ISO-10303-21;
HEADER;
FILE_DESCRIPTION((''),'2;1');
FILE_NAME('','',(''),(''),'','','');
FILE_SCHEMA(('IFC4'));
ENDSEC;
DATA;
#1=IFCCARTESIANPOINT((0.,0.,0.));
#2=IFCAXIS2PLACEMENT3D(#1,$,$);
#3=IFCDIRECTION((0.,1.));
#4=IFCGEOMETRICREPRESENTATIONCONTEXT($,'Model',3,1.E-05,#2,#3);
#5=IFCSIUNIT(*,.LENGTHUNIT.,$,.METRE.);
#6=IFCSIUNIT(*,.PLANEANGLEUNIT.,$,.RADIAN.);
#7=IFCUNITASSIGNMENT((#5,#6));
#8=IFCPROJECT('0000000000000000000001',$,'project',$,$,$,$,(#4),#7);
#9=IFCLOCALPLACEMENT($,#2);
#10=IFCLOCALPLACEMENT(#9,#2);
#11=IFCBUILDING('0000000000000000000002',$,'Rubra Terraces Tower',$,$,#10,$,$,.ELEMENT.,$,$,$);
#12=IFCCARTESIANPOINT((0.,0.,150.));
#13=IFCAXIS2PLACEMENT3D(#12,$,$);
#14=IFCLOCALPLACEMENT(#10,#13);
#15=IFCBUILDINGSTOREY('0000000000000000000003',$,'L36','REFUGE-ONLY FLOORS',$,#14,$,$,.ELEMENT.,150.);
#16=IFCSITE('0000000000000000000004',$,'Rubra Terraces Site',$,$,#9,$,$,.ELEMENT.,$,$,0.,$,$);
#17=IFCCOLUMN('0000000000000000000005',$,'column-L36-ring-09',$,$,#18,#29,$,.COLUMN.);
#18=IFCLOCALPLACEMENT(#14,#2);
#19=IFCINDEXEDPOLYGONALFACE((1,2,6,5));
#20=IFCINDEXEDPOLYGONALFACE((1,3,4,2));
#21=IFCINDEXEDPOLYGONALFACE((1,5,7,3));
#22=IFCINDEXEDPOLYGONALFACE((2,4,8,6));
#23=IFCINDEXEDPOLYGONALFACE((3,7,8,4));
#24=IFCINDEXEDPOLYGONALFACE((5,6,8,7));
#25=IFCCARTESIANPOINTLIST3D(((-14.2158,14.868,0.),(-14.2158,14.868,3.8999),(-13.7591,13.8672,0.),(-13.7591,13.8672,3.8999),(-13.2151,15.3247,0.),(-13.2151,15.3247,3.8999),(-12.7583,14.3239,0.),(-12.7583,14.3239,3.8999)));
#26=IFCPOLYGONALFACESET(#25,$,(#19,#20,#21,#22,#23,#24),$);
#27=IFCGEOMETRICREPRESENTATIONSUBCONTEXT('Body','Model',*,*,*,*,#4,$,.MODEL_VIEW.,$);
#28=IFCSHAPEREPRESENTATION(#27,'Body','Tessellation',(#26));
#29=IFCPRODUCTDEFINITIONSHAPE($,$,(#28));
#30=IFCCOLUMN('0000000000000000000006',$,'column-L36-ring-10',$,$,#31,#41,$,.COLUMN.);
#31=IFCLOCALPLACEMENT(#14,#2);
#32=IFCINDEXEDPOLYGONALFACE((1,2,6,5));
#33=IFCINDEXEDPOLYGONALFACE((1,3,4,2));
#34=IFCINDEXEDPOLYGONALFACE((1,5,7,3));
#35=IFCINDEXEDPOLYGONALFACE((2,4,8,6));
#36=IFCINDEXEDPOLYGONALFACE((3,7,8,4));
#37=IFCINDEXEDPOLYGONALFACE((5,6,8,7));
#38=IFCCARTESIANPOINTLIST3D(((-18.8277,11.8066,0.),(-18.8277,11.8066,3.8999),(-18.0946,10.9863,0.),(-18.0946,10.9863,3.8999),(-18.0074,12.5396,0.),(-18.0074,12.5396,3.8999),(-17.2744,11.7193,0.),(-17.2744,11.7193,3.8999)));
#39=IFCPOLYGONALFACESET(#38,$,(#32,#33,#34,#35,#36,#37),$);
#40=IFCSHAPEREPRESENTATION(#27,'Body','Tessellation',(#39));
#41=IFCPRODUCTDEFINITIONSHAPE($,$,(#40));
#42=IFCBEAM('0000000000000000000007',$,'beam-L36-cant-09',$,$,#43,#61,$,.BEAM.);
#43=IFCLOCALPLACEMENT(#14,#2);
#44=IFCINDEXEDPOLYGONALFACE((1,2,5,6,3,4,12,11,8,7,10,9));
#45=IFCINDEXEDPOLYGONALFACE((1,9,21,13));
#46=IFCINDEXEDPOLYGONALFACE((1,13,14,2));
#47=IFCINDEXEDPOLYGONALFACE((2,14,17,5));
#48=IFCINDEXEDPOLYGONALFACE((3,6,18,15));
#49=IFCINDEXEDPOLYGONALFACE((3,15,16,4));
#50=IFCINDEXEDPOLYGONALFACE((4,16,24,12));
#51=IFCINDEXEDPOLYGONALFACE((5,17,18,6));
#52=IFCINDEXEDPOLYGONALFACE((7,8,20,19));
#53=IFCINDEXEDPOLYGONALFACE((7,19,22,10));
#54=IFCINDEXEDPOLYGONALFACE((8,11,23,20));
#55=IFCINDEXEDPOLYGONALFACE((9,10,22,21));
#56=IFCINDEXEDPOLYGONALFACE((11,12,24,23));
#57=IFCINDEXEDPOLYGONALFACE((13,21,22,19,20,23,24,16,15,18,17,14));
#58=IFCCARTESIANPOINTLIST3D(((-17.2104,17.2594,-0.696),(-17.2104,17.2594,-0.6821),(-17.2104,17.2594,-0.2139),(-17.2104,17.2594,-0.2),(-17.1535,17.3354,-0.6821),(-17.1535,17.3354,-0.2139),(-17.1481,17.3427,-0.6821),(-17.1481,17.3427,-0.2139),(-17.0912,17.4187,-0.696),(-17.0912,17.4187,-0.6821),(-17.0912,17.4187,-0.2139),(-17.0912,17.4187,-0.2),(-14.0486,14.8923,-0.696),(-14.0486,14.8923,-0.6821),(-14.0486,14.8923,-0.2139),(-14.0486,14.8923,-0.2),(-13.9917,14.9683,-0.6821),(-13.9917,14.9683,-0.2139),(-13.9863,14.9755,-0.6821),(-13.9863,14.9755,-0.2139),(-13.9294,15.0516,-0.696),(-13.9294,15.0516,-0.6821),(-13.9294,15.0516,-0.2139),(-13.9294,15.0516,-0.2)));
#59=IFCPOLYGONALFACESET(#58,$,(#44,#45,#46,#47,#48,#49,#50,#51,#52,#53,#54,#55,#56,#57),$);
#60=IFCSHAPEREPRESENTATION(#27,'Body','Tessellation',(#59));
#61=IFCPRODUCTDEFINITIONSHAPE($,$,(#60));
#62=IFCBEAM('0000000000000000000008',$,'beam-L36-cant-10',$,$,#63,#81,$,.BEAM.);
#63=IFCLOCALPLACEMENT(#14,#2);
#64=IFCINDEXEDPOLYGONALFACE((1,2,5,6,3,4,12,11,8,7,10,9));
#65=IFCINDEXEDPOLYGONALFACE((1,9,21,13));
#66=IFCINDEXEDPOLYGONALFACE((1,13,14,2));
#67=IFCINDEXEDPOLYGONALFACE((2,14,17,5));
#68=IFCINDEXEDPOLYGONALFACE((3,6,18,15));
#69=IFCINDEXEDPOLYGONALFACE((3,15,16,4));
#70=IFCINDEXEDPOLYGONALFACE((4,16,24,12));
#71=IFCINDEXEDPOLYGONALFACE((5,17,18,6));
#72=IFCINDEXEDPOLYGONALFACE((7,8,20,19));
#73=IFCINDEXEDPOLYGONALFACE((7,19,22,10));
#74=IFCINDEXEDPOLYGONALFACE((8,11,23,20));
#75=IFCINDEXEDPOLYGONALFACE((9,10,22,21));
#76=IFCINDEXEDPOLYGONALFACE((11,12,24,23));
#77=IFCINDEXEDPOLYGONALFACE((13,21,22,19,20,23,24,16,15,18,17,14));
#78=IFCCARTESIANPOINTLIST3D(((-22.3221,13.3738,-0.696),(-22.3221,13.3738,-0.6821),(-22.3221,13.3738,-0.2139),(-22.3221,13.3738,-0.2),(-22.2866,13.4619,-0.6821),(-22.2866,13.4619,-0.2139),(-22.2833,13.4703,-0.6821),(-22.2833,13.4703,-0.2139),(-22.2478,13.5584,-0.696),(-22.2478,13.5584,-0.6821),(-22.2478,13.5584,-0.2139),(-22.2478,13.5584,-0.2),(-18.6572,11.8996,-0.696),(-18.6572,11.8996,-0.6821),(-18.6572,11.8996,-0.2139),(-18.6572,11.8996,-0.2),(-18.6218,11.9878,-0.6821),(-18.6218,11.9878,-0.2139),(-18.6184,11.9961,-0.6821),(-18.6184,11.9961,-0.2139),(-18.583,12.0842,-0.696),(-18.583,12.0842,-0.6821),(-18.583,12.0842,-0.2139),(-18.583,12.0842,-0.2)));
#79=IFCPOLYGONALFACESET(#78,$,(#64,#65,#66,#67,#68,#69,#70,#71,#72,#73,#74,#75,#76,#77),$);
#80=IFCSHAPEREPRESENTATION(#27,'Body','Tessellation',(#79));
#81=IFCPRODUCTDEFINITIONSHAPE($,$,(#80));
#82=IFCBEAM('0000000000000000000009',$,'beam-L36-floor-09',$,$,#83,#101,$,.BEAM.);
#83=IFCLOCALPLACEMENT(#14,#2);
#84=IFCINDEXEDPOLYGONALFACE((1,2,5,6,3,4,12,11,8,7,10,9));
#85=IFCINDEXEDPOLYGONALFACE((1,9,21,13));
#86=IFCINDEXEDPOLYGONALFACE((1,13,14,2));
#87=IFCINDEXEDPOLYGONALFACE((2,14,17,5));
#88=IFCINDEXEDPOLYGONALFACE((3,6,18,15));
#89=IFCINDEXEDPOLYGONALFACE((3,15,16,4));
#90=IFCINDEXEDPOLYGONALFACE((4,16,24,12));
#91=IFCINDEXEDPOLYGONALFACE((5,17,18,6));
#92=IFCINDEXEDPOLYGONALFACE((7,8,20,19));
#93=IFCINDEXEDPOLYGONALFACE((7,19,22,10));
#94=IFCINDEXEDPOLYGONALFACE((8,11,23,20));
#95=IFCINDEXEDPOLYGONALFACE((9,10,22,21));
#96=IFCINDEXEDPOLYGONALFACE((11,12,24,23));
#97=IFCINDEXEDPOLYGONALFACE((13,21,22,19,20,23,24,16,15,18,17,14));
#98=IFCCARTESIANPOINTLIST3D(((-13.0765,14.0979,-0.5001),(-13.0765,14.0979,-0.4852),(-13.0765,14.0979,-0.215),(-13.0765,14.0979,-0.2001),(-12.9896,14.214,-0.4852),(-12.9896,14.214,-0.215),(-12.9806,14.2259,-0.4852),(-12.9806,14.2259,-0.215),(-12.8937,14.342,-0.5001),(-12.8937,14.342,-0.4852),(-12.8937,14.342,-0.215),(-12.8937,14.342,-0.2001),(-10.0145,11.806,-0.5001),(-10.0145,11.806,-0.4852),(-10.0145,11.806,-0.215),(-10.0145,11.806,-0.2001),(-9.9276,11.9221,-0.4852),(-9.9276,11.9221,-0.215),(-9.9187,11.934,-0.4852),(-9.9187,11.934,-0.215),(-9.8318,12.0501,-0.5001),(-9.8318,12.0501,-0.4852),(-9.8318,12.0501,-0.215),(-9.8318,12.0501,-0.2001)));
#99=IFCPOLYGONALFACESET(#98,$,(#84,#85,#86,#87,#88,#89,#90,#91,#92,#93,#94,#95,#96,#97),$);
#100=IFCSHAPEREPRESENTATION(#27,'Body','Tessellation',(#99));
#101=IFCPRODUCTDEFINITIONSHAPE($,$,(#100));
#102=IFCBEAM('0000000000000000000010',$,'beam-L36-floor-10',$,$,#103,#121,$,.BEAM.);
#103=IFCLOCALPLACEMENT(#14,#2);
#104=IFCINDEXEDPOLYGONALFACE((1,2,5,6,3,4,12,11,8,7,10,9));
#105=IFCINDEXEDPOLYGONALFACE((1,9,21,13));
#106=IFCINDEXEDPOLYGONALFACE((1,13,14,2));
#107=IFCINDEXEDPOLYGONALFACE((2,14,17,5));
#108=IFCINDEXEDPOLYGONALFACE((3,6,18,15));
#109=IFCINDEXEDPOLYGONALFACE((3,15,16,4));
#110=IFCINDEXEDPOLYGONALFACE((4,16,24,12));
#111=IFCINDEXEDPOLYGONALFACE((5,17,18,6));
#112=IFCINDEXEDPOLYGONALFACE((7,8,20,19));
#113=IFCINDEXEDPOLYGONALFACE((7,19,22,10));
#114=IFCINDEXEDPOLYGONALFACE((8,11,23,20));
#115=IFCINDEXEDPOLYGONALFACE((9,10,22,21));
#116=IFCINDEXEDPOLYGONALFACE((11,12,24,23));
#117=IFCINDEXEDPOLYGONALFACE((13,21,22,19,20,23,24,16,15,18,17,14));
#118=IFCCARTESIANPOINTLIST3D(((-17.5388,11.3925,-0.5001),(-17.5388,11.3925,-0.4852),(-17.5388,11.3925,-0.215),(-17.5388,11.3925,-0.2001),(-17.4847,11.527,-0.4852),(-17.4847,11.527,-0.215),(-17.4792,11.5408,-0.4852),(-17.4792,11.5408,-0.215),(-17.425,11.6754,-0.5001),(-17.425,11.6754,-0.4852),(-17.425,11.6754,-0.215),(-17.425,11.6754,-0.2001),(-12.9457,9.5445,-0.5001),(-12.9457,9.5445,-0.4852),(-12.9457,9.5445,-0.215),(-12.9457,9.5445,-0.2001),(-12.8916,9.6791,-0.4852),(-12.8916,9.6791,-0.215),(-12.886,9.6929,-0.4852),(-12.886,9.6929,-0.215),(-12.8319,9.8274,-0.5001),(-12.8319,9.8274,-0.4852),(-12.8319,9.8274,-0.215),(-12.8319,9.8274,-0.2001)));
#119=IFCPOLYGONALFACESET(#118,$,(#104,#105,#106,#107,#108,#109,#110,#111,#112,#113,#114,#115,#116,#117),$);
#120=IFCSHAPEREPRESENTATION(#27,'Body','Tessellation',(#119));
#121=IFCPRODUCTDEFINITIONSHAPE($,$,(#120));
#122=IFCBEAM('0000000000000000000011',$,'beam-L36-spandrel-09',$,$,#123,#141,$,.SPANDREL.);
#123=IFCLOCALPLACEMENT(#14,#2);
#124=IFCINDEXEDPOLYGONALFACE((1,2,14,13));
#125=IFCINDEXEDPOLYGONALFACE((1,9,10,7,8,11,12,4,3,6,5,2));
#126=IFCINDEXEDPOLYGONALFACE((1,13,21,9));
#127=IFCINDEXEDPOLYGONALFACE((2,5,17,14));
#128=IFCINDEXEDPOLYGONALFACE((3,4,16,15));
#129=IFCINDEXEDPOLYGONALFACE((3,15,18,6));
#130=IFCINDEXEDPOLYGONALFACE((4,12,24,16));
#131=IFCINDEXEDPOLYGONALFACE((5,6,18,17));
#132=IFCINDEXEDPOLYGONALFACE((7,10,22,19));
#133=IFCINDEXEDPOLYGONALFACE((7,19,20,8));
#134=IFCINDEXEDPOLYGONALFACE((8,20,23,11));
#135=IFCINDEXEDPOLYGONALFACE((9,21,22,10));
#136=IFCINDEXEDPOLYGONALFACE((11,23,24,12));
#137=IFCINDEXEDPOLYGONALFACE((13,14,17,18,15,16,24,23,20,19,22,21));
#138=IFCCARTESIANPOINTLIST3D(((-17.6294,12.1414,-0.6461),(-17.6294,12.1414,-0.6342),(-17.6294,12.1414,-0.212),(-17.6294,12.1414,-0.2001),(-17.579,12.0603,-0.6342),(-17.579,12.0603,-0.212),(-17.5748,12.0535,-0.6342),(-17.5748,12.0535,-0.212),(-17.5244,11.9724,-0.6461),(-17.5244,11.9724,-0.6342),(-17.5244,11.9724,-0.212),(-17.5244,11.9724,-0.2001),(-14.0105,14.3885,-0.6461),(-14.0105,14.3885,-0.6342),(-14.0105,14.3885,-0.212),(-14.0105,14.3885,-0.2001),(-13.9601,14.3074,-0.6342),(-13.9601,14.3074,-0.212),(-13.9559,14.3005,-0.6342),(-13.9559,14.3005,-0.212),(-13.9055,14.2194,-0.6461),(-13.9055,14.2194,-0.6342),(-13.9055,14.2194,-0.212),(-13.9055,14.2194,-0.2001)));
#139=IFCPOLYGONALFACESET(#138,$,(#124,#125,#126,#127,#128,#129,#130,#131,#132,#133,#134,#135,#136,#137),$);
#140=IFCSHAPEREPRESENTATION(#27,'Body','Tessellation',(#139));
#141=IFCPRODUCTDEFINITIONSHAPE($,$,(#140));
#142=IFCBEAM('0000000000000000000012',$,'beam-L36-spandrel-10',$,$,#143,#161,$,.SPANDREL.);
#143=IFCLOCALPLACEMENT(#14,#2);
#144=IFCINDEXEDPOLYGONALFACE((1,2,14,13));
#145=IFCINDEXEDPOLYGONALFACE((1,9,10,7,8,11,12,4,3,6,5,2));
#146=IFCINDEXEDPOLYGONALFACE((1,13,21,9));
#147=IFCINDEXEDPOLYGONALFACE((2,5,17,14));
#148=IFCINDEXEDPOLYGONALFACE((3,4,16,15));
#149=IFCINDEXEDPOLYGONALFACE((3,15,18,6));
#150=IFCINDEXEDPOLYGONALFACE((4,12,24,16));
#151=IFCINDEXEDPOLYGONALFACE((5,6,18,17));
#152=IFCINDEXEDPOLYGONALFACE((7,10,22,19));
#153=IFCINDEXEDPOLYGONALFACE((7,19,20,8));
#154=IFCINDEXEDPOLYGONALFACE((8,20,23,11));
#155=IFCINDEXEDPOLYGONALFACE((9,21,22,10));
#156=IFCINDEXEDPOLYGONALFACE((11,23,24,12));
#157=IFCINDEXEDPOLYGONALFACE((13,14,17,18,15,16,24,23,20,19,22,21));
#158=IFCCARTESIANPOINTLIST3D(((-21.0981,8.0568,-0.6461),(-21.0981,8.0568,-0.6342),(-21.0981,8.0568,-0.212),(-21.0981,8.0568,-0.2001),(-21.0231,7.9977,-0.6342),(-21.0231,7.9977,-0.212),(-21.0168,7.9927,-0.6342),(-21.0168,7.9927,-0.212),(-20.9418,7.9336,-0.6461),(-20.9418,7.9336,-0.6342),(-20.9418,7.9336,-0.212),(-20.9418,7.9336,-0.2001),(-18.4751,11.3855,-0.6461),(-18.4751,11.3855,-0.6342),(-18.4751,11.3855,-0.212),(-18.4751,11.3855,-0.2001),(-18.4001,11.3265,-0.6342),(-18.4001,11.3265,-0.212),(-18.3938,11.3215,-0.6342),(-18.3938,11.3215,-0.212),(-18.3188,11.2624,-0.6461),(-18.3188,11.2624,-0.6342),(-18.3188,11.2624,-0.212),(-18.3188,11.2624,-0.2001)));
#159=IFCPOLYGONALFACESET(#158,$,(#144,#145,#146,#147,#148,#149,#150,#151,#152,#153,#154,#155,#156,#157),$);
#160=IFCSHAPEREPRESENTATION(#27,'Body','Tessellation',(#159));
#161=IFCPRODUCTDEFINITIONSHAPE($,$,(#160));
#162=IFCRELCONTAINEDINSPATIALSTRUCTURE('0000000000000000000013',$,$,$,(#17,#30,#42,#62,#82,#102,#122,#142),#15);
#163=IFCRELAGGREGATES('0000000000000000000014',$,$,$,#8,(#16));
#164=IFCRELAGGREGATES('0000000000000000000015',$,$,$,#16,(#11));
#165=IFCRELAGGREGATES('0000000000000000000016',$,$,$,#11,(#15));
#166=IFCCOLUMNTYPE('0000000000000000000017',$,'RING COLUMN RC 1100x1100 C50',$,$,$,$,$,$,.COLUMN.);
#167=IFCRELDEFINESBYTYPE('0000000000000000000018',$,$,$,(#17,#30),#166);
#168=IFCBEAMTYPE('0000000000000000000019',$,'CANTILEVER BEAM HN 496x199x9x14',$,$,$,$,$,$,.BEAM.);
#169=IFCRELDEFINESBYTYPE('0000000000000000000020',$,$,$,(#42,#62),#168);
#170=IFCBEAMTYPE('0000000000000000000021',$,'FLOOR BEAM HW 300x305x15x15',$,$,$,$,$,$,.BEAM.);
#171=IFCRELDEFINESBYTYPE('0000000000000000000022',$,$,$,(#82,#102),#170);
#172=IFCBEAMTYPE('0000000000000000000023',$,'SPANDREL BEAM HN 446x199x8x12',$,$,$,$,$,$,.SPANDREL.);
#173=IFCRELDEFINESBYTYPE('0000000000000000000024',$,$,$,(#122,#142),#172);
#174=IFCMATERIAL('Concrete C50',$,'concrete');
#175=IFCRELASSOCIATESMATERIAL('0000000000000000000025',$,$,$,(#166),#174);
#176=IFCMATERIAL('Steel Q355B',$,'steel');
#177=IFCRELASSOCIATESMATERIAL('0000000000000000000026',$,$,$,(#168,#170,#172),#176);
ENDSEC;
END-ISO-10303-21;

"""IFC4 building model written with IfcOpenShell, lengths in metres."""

from ifc_helpers import new_model, si_unit, direction, frame, origin, origin_2d, place, context, subcontext, project, spatial, rectangle, i_section, extrude, material, material_profile, profile_set, type_object, element, save


model = new_model("IFC4")

# Units and contexts
model_context = context("Model", 3, precision=1e-05, world=origin(), true_north=direction((0.0, 1.0)))
body_context = subcontext(model_context, "Body", "Model", "MODEL_VIEW")
ifc_project = project(units=[si_unit("LENGTHUNIT", "METRE"), si_unit("PLANEANGLEUNIT", "RADIAN")], contexts=[model_context])

# Site, building, storey
site_placement = place(None, origin())
site = spatial("IfcSite", under=ifc_project, at=site_placement, Name="Rubra Terraces Site", CompositionType="ELEMENT", RefElevation=0.0)
building_placement = place(site_placement, origin())
building = spatial("IfcBuilding", under=site, at=building_placement, Name="Rubra Terraces Tower", CompositionType="ELEMENT")
storey_placement = place(building_placement, frame((0.0, 0.0, 150.0)))
storey = spatial("IfcBuildingStorey", under=building, at=storey_placement, Name="L36", Description="REFUGE-ONLY FLOORS", CompositionType="ELEMENT", Elevation=150.0)

# Columns
ifc_material_1 = material(Name="Concrete C50", Category="concrete")
ifc_material_profile_1 = material_profile(ifc_material_1, rectangle(XDim=1.1001, YDim=1.1001, at=origin_2d()), Name="RC 1100x1100")
ifc_profile_set_1 = profile_set([ifc_material_profile_1], Name="Concrete C50")
column_type = type_object("IfcColumnType", Name="RING COLUMN RC 1100x1100 C50", PredefinedType="COLUMN", material=ifc_profile_set_1)
for number, where, z_axis, x_axis, name in (
    (1, (-13.4871, 14.5959, 0.0), (0.0, 0.0, 1.0), (-0.909726, -0.415208, 0.0), "column-L36-ring-09"),
    (2, (-18.051, 11.7629, 0.0), (0.0, 0.0, 1.0), (-0.745642, -0.666347, 0.0), "column-L36-ring-10"),
):
    element("IfcColumn", number, at=place(storey_placement, frame(where, z_axis=z_axis, x_axis=x_axis)), inside=storey, type_object=column_type, Name=name, PredefinedType="COLUMN", context=body_context, shape_type="SweptSolid", body=[
        extrude(rectangle(XDim=1.1001, YDim=1.1001, at=origin_2d()), origin(), (0.0, 0.0, 1.0), 3.8999),
    ])

# Beams
ifc_material_2 = material(Name="Steel Q355B", Category="steel")
ifc_material_profile_2 = material_profile(ifc_material_2, i_section(OverallWidth=0.199, OverallDepth=0.4961, WebThickness=0.009, FlangeThickness=0.0139, at=origin_2d()), Name="HN 496x199x9x14")
ifc_profile_set_2 = profile_set([ifc_material_profile_2], Name="Steel Q355B")
beam_type_1 = type_object("IfcBeamType", Name="CANTILEVER BEAM HN 496x199x9x14", PredefinedType="BEAM", material=ifc_profile_set_2)
beam_1_placement = place(storey_placement, frame((-13.989, 14.9719, -0.448), z_axis=(-0.800512, 0.599317, 0.0), x_axis=(-0.599317, -0.800512, 0.0)))
element("IfcBeam", 3, at=beam_1_placement, inside=storey, type_object=beam_type_1, Name="beam-L36-cant-09", PredefinedType="BEAM", context=body_context, shape_type="SweptSolid", body=[
    extrude(i_section(OverallWidth=0.199, OverallDepth=0.4961, WebThickness=0.009, FlangeThickness=0.0139, at=origin_2d()), origin(), (0.0, 0.0, 1.0), 3.9497),
])
beam_2_placement = place(storey_placement, frame((-18.6201, 11.9919, -0.448), z_axis=(-0.927759, 0.37318, 0.0), x_axis=(-0.37318, -0.927759, 0.0)))
element("IfcBeam", 4, at=beam_2_placement, inside=storey, type_object=beam_type_1, Name="beam-L36-cant-10", PredefinedType="BEAM", context=body_context, shape_type="SweptSolid", body=[
    extrude(i_section(OverallWidth=0.199, OverallDepth=0.4961, WebThickness=0.009, FlangeThickness=0.0139, at=origin_2d()), origin(), (0.0, 0.0, 1.0), 3.9502),
])
ifc_material_profile_3 = material_profile(ifc_material_2, i_section(OverallWidth=0.3049, OverallDepth=0.3, WebThickness=0.0149, FlangeThickness=0.0149, at=origin_2d()), Name="HW 300x305x15x15")
ifc_profile_set_3 = profile_set([ifc_material_profile_3], Name="Steel Q355B")
beam_type_2 = type_object("IfcBeamType", Name="FLOOR BEAM HW 300x305x15x15", PredefinedType="BEAM", material=ifc_profile_set_3)
beam_3_placement = place(storey_placement, frame((-12.9851, 14.22, -0.3501), z_axis=(0.800566, -0.599244, 0.0), x_axis=(0.599244, 0.800566, 0.0)))
element("IfcBeam", 5, at=beam_3_placement, inside=storey, type_object=beam_type_2, Name="beam-L36-floor-09", PredefinedType="BEAM", context=body_context, shape_type="SweptSolid", body=[
    extrude(i_section(OverallWidth=0.3049, OverallDepth=0.3, WebThickness=0.0149, FlangeThickness=0.0149, at=origin_2d()), origin(), (0.0, 0.0, 1.0), 3.8247),
])
beam_4_placement = place(storey_placement, frame((-17.4819, 11.5339, -0.3501), z_axis=(0.92773, -0.373252, 0.0), x_axis=(0.373252, 0.92773, 0.0)))
element("IfcBeam", 6, at=beam_4_placement, inside=storey, type_object=beam_type_2, Name="beam-L36-floor-10", PredefinedType="BEAM", context=body_context, shape_type="SweptSolid", body=[
    extrude(i_section(OverallWidth=0.3049, OverallDepth=0.3, WebThickness=0.0149, FlangeThickness=0.0149, at=origin_2d()), origin(), (0.0, 0.0, 1.0), 4.9509),
])
ifc_material_profile_4 = material_profile(ifc_material_2, i_section(OverallWidth=0.199, OverallDepth=0.446, WebThickness=0.0081, FlangeThickness=0.012, at=origin_2d()), Name="HN 446x199x8x12")
ifc_profile_set_4 = profile_set([ifc_material_profile_4], Name="Steel Q355B")
beam_type_3 = type_object("IfcBeamType", Name="SPANDREL BEAM HN 446x199x8x12", PredefinedType="SPANDREL", material=ifc_profile_set_4)
beam_5_placement = place(storey_placement, frame((-13.958, 14.304, -0.4231), z_axis=(-0.84955, -0.527508, 0.0), x_axis=(0.527508, -0.84955, 0.0)))
element("IfcBeam", 7, at=beam_5_placement, inside=storey, type_object=beam_type_3, Name="beam-L36-spandrel-09", PredefinedType="SPANDREL", context=body_context, shape_type="SweptSolid", body=[
    extrude(i_section(OverallWidth=0.199, OverallDepth=0.446, WebThickness=0.0081, FlangeThickness=0.012, at=origin_2d()), origin(), (0.0, 0.0, 1.0), 4.2598),
])
beam_6_placement = place(storey_placement, frame((-18.397, 11.324, -0.4231), z_axis=(-0.618917, -0.785456, 0.0), x_axis=(0.785456, -0.618917, 0.0)))
element("IfcBeam", 8, at=beam_6_placement, inside=storey, type_object=beam_type_3, Name="beam-L36-spandrel-10", PredefinedType="SPANDREL", context=body_context, shape_type="SweptSolid", body=[
    extrude(i_section(OverallWidth=0.199, OverallDepth=0.446, WebThickness=0.0081, FlangeThickness=0.012, at=origin_2d()), origin(), (0.0, 0.0, 1.0), 4.238),
])

save(model, "model.ifc")
